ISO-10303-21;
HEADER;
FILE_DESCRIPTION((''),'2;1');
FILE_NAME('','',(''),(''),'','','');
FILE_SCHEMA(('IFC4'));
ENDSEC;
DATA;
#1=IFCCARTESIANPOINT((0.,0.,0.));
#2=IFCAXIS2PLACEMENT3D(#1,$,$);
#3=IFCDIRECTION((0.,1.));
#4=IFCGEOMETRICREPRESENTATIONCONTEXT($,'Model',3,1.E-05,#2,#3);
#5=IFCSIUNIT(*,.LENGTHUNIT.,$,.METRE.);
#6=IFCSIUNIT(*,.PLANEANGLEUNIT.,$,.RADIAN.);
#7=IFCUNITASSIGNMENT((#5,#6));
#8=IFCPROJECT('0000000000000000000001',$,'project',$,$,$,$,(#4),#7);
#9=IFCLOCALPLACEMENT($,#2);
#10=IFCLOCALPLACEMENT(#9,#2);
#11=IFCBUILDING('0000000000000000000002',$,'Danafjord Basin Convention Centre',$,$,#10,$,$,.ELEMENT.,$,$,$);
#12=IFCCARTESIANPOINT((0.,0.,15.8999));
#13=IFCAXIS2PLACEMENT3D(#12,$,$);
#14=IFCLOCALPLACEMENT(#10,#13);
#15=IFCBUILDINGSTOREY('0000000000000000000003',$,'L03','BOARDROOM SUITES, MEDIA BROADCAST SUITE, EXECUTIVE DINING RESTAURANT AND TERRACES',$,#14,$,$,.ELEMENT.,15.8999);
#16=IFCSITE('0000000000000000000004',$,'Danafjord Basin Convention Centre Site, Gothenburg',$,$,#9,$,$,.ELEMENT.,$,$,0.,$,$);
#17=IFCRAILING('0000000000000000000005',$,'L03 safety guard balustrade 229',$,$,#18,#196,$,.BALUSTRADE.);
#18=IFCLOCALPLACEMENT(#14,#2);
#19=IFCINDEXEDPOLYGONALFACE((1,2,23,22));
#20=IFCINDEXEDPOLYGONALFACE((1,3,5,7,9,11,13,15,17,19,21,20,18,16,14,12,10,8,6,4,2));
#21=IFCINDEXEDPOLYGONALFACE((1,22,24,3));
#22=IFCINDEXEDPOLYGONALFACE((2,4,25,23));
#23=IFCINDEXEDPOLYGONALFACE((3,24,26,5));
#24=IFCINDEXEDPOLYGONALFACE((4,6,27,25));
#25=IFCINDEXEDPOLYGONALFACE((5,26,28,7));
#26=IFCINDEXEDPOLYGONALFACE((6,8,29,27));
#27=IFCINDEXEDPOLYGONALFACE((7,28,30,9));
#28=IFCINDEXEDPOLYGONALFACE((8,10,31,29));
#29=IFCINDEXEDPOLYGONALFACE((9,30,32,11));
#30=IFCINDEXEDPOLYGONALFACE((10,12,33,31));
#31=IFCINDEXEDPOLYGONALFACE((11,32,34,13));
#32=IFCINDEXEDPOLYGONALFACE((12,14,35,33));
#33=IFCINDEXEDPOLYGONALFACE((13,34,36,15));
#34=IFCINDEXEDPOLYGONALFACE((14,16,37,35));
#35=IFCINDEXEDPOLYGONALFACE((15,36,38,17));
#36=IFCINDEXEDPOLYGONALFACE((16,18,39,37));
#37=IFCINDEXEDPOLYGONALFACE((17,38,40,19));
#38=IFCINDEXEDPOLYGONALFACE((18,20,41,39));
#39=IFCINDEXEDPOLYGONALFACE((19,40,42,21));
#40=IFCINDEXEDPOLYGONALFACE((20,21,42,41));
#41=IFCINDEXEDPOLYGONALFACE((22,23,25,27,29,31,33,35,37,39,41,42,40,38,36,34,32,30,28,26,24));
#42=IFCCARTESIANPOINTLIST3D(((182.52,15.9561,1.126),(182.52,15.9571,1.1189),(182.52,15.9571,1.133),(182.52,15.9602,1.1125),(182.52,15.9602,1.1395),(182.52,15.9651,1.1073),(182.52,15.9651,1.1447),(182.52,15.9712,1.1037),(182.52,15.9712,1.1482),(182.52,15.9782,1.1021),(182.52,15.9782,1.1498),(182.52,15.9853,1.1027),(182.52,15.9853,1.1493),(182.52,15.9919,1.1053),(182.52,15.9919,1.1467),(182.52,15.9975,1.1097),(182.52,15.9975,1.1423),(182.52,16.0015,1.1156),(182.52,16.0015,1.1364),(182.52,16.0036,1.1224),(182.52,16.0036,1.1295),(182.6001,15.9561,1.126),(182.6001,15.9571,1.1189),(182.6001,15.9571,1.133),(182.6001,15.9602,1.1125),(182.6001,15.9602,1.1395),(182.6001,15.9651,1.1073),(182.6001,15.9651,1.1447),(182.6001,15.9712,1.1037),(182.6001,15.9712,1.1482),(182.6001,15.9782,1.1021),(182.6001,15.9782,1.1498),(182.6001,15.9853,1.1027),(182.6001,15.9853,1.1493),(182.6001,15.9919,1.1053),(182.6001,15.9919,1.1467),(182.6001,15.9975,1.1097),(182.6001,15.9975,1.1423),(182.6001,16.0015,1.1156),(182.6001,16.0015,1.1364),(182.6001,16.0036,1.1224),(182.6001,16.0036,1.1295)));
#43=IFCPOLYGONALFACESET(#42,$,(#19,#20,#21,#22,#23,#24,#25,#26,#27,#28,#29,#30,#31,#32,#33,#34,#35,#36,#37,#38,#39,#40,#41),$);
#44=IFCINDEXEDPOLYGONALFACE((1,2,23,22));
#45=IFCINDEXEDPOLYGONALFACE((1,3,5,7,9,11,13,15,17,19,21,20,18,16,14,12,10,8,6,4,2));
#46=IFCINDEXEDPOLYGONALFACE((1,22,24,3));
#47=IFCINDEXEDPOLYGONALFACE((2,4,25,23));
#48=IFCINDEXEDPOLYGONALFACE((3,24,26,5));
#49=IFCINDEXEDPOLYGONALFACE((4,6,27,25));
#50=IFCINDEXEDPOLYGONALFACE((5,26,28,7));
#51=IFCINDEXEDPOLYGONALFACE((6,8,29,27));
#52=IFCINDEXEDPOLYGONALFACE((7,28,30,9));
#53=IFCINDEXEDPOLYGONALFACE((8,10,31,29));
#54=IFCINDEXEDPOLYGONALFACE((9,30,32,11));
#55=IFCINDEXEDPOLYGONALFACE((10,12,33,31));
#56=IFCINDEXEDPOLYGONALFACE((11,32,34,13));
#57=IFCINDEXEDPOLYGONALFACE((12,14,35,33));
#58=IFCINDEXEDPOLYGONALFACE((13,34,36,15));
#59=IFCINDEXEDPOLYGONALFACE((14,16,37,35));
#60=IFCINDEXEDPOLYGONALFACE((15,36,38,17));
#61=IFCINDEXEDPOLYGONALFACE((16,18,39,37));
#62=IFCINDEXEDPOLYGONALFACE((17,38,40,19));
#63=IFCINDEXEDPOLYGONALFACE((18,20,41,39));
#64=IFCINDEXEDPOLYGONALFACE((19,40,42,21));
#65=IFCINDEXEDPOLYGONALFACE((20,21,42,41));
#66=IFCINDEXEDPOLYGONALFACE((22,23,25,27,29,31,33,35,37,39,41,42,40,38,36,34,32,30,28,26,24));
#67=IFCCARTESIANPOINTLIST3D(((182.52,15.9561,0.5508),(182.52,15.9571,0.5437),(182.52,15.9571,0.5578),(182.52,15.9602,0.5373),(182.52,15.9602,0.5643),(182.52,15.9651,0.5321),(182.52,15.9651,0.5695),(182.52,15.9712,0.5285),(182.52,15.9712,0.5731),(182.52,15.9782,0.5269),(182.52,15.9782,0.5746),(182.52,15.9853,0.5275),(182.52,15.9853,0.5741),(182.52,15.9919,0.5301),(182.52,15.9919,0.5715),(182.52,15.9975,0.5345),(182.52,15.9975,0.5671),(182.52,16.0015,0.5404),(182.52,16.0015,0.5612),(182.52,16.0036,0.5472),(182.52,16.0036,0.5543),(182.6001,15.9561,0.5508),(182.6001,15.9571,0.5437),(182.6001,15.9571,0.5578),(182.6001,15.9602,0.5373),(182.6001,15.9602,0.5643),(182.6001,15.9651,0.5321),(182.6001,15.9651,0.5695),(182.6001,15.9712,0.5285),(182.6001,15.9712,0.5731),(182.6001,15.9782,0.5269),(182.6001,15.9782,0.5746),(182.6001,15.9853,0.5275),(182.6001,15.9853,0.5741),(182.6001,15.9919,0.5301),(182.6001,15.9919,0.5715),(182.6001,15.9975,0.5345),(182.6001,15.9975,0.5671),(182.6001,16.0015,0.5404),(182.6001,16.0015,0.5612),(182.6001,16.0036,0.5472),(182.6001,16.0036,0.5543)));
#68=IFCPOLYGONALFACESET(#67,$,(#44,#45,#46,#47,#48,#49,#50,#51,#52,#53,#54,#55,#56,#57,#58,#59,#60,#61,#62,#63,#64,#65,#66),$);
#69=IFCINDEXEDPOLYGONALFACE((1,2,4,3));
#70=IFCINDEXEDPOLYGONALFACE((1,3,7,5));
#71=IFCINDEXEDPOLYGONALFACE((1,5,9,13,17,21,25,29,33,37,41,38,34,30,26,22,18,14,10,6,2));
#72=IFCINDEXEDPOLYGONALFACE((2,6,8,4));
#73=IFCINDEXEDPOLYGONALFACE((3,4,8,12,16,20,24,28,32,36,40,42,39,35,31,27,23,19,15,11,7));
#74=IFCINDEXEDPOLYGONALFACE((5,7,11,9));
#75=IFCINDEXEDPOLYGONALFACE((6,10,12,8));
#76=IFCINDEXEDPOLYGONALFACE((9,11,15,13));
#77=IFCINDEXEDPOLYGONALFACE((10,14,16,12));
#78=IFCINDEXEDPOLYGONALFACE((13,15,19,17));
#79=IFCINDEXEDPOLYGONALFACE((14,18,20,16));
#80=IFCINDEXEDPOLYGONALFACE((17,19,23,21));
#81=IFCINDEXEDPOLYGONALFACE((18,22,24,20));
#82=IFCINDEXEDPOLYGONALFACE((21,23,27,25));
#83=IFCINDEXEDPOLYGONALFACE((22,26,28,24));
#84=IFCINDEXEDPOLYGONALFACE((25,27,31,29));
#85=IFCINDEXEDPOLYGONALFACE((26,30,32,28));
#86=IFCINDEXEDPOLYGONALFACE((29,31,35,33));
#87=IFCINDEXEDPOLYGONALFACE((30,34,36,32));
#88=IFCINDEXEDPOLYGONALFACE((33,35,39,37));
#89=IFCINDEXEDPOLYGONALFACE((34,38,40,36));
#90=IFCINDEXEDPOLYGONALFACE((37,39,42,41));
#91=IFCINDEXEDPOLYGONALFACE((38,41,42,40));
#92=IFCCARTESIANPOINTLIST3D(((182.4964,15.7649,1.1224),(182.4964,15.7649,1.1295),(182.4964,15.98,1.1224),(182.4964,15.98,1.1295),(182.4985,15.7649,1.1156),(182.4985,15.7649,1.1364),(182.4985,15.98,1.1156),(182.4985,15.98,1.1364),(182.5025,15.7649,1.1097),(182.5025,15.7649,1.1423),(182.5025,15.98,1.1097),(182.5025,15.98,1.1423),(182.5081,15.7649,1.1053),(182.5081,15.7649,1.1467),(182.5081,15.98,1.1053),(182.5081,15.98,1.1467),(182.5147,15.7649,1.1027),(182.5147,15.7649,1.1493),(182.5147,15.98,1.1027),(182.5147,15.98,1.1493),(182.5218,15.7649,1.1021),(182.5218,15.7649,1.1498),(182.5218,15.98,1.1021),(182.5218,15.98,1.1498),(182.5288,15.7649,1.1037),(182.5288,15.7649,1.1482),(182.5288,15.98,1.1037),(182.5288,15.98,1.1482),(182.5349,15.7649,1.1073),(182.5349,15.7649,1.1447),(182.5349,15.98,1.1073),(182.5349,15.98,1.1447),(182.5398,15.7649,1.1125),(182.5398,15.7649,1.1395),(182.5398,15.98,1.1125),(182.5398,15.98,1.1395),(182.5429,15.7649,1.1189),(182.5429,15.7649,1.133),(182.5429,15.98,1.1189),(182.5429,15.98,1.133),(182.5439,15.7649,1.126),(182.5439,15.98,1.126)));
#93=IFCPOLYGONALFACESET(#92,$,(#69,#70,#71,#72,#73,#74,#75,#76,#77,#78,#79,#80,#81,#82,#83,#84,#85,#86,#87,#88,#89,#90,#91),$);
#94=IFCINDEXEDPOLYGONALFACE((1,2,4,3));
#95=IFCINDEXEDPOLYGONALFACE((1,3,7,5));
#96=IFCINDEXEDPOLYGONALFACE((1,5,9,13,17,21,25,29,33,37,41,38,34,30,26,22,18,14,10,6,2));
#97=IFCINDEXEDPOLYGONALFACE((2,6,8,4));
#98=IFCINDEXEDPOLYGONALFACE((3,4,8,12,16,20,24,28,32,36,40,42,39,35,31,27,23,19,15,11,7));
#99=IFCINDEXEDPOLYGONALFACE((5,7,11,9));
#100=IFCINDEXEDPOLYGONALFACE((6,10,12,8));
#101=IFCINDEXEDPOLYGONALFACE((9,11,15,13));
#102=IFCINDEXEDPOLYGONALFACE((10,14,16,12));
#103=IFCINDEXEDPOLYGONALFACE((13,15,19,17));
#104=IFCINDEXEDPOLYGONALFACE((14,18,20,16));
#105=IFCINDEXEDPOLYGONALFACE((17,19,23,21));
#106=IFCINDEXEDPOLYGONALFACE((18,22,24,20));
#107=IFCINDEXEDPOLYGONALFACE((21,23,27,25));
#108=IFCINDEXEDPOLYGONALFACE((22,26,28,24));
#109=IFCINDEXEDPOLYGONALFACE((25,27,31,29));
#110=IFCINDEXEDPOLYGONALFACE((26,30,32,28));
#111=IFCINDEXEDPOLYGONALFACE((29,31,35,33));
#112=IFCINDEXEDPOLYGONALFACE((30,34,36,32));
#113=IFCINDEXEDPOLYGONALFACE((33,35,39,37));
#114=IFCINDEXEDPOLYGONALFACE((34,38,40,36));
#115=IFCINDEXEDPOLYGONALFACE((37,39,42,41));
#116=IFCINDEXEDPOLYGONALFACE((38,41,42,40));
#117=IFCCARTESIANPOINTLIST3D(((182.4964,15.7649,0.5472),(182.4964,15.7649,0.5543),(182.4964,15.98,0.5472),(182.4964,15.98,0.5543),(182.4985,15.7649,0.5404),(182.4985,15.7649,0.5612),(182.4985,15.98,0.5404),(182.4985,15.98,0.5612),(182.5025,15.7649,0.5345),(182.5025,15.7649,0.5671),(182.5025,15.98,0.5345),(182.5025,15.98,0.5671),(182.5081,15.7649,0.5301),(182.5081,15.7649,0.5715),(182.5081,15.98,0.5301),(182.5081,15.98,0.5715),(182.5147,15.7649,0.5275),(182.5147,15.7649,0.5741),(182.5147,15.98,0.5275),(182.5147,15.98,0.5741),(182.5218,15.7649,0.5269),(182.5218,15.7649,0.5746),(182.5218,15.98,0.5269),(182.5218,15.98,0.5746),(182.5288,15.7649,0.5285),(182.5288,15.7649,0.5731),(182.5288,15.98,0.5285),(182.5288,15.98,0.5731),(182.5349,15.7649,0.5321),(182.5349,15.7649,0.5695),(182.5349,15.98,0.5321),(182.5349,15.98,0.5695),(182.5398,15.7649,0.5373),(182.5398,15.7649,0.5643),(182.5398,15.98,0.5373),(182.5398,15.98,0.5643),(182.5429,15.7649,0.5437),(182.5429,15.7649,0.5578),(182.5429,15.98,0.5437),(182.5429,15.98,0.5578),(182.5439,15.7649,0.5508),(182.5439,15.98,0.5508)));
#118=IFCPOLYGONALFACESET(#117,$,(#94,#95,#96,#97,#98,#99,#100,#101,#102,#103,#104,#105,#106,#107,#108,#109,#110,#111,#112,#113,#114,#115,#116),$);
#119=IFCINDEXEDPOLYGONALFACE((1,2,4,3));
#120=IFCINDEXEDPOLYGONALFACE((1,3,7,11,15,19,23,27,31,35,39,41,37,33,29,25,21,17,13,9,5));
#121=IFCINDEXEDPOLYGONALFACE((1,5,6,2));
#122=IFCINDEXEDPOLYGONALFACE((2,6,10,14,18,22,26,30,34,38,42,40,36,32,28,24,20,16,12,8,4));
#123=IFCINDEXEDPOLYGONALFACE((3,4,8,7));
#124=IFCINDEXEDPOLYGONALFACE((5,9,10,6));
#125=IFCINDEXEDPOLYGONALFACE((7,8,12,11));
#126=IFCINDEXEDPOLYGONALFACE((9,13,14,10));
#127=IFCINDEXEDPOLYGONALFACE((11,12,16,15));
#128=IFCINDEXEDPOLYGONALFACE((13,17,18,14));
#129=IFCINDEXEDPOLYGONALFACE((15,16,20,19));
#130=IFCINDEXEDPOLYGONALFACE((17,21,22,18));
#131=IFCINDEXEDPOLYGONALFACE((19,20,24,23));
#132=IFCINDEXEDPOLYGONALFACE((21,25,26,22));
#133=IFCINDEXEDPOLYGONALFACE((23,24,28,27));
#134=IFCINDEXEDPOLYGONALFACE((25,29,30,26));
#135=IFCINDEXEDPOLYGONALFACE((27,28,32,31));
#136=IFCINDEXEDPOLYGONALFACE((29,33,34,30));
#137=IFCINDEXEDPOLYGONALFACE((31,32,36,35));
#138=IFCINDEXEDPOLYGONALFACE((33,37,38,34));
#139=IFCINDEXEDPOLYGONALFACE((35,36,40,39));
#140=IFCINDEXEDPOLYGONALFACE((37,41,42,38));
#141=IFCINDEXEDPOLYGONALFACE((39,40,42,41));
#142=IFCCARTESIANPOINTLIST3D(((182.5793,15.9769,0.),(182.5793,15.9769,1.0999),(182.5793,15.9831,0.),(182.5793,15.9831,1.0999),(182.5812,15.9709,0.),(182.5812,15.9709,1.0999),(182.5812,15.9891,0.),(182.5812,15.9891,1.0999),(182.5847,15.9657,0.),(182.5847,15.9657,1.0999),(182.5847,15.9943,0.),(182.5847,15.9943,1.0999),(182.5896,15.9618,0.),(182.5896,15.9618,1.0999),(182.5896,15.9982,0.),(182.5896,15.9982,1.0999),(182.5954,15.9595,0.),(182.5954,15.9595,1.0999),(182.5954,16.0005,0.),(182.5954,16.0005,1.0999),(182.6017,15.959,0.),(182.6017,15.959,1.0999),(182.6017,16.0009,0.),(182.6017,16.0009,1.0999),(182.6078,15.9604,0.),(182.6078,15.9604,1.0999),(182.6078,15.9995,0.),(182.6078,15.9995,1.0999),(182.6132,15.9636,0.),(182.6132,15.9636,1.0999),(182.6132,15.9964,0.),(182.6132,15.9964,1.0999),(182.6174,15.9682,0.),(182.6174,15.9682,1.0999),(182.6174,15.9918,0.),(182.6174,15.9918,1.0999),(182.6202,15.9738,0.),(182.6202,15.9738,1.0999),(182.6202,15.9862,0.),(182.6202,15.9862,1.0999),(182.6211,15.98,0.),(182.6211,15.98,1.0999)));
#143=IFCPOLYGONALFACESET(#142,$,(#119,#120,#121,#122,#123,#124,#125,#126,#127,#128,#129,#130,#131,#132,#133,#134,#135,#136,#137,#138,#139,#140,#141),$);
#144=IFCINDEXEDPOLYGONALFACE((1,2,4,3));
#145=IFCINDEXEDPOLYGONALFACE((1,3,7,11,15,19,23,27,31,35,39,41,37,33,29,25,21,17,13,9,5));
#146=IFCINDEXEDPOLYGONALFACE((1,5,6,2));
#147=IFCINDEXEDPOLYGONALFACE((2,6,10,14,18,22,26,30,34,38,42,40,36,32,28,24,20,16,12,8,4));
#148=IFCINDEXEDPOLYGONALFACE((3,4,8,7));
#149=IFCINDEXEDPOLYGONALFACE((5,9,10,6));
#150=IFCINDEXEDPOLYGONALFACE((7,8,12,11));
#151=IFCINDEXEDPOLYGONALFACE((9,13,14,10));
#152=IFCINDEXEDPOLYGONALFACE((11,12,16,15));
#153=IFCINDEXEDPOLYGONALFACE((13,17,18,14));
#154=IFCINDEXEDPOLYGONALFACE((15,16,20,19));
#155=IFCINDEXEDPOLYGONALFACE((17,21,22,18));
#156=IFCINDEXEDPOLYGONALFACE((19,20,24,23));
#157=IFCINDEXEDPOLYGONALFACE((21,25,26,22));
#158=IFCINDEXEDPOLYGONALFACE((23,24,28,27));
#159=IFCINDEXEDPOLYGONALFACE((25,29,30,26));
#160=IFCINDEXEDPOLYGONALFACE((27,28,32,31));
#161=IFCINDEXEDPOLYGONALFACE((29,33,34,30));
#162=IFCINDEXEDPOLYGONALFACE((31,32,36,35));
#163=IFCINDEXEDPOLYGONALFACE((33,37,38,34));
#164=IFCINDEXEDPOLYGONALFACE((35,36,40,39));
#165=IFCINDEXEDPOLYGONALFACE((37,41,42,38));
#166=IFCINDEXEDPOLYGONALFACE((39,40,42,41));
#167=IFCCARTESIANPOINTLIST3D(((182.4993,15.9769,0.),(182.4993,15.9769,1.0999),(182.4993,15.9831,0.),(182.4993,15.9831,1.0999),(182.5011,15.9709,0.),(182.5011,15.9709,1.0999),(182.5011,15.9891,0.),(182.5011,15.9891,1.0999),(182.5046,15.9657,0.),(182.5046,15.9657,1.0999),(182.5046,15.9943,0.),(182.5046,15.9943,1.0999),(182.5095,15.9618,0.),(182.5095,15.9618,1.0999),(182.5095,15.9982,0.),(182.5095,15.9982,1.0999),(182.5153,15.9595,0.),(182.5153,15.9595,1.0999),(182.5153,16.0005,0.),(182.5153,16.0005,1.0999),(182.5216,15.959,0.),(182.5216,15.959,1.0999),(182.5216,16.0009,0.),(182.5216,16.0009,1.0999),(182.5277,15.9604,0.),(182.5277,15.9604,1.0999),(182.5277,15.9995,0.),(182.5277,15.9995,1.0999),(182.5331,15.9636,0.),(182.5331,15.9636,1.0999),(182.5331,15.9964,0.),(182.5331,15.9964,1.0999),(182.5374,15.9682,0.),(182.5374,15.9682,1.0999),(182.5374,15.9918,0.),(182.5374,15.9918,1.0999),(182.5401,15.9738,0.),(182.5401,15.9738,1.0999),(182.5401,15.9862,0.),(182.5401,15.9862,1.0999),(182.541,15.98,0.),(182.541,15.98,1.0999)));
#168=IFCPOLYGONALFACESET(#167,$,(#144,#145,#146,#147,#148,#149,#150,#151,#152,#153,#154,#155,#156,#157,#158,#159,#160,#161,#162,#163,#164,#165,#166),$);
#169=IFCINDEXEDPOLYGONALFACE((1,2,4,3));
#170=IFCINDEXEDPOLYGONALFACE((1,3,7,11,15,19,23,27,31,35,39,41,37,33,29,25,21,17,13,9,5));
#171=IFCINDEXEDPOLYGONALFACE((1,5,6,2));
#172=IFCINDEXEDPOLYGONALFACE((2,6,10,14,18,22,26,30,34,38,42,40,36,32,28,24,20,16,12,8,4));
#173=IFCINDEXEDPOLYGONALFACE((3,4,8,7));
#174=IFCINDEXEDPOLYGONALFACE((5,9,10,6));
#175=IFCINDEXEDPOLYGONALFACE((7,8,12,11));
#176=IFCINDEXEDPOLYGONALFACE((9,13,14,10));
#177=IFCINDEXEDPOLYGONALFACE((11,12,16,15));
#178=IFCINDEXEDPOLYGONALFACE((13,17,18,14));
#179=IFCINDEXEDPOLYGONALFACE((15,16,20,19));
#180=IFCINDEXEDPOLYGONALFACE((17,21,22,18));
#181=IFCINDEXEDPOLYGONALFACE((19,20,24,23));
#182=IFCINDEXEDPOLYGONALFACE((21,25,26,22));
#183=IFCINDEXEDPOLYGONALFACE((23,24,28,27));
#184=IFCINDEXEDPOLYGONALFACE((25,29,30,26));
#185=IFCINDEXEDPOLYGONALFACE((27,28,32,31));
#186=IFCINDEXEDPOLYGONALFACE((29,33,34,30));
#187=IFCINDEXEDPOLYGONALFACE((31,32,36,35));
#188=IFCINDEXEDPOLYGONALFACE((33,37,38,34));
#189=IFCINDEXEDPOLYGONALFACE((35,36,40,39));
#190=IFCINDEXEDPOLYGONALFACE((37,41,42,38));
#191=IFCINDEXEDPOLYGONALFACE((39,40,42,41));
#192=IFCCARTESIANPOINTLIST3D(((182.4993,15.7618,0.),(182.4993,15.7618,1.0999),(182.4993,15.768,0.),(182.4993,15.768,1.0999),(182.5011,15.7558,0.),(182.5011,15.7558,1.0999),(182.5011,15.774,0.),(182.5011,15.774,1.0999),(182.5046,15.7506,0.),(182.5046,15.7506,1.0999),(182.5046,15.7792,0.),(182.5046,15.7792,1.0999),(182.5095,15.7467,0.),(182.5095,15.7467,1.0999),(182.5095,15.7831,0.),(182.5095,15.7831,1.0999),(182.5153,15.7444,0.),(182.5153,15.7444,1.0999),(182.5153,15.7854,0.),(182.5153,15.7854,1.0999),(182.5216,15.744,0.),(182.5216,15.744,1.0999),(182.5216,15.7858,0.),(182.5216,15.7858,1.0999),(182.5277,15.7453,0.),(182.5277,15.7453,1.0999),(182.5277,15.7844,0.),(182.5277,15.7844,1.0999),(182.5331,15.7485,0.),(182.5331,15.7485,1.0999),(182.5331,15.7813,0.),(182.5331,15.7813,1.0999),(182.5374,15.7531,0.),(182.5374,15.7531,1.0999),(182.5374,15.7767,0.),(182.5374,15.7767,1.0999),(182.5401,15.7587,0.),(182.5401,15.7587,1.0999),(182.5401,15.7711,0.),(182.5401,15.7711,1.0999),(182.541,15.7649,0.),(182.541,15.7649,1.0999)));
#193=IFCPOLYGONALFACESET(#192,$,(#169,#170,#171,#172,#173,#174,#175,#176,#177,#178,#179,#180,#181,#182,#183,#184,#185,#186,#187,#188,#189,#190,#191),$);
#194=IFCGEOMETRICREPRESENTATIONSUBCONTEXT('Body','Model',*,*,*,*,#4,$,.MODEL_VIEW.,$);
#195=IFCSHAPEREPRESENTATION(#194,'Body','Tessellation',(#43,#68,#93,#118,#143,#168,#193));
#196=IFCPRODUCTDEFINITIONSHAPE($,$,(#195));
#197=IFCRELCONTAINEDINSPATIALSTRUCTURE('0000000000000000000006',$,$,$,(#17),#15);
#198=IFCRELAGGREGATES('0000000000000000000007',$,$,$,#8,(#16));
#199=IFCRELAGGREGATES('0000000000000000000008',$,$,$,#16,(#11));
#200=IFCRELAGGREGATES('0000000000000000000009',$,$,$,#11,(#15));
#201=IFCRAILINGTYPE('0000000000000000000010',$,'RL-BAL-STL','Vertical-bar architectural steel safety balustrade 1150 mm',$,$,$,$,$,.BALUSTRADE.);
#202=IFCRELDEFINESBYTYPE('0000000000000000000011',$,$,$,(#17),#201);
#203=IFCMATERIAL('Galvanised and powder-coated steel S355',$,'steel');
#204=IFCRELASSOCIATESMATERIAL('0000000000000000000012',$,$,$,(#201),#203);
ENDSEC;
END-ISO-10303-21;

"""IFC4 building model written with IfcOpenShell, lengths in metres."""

from ifc_helpers import new_model, si_unit, direction, frame, origin, origin_2d, place, context, subcontext, project, spatial, circle, extrude, material, type_object, element, save


model = new_model("IFC4")

# Units and contexts
model_context = context("Model", 3, precision=1e-05, world=origin(), true_north=direction((0.0, 1.0)))
body_context = subcontext(model_context, "Body", "Model", "MODEL_VIEW")
ifc_project = project(units=[si_unit("LENGTHUNIT", "METRE"), si_unit("PLANEANGLEUNIT", "RADIAN")], contexts=[model_context])

# Site, building, storey
site_placement = place(None, origin())
site = spatial("IfcSite", under=ifc_project, at=site_placement, Name="Danafjord Basin Convention Centre Site, Gothenburg", CompositionType="ELEMENT", RefElevation=0.0)
building_placement = place(site_placement, origin())
building = spatial("IfcBuilding", under=site, at=building_placement, Name="Danafjord Basin Convention Centre", CompositionType="ELEMENT")
storey_placement = place(building_placement, frame((0.0, 0.0, 15.8999)))
storey = spatial("IfcBuildingStorey", under=building, at=storey_placement, Name="L03", Description="BOARDROOM SUITES, MEDIA BROADCAST SUITE, EXECUTIVE DINING RESTAURANT AND TERRACES", CompositionType="ELEMENT", Elevation=15.8999)

# Railing
ifc_material_1 = material(Name="Galvanised and powder-coated steel S355", Category="steel")
railing_type_1 = type_object("IfcRailingType", Name="RL-BAL-STL", Description="Vertical-bar architectural steel safety balustrade 1150 mm", PredefinedType="BALUSTRADE", material=ifc_material_1)
railing_1_placement = place(storey_placement, frame((182.6001, 15.98, 0.0)))
element("IfcRailing", 1, at=railing_1_placement, inside=storey, type_object=railing_type_1, Name="L03 safety guard balustrade 229", PredefinedType="BALUSTRADE", context=body_context, shape_type="SweptSolid", body=[
    extrude(circle(Radius=0.0239, at=origin_2d()), frame((0.0, 0.0, 1.126), z_axis=(-1.0, 0.0, 0.0), x_axis=(0.0, -1.0, 0.0)), (0.0, 0.0, 1.0), 0.0801),
    extrude(circle(Radius=0.0239, at=origin_2d()), frame((0.0, 0.0, 0.5508), z_axis=(-1.0, 0.0, 0.0), x_axis=(0.0, -1.0, 0.0)), (0.0, 0.0, 1.0), 0.0801),
    extrude(circle(Radius=0.0239, at=origin_2d()), frame((-0.0801, 0.0, 1.126), z_axis=(0.0, -1.0, 0.0), x_axis=(1.0, 0.0, 0.0)), (0.0, 0.0, 1.0), 0.2151),
    extrude(circle(Radius=0.0239, at=origin_2d()), frame((-0.0801, 0.0, 0.5508), z_axis=(0.0, -1.0, 0.0), x_axis=(1.0, 0.0, 0.0)), (0.0, 0.0, 1.0), 0.2151),
    extrude(circle(Radius=0.021, at=origin_2d()), origin(), (0.0, 0.0, 1.0), 1.0999),
    extrude(circle(Radius=0.021, at=origin_2d()), frame((-0.0801, 0.0, 0.0)), (0.0, 0.0, 1.0), 1.0999),
    extrude(circle(Radius=0.021, at=origin_2d()), frame((-0.0801, -0.2151, 0.0)), (0.0, 0.0, 1.0), 1.0999),
])

save(model, "model.ifc")
